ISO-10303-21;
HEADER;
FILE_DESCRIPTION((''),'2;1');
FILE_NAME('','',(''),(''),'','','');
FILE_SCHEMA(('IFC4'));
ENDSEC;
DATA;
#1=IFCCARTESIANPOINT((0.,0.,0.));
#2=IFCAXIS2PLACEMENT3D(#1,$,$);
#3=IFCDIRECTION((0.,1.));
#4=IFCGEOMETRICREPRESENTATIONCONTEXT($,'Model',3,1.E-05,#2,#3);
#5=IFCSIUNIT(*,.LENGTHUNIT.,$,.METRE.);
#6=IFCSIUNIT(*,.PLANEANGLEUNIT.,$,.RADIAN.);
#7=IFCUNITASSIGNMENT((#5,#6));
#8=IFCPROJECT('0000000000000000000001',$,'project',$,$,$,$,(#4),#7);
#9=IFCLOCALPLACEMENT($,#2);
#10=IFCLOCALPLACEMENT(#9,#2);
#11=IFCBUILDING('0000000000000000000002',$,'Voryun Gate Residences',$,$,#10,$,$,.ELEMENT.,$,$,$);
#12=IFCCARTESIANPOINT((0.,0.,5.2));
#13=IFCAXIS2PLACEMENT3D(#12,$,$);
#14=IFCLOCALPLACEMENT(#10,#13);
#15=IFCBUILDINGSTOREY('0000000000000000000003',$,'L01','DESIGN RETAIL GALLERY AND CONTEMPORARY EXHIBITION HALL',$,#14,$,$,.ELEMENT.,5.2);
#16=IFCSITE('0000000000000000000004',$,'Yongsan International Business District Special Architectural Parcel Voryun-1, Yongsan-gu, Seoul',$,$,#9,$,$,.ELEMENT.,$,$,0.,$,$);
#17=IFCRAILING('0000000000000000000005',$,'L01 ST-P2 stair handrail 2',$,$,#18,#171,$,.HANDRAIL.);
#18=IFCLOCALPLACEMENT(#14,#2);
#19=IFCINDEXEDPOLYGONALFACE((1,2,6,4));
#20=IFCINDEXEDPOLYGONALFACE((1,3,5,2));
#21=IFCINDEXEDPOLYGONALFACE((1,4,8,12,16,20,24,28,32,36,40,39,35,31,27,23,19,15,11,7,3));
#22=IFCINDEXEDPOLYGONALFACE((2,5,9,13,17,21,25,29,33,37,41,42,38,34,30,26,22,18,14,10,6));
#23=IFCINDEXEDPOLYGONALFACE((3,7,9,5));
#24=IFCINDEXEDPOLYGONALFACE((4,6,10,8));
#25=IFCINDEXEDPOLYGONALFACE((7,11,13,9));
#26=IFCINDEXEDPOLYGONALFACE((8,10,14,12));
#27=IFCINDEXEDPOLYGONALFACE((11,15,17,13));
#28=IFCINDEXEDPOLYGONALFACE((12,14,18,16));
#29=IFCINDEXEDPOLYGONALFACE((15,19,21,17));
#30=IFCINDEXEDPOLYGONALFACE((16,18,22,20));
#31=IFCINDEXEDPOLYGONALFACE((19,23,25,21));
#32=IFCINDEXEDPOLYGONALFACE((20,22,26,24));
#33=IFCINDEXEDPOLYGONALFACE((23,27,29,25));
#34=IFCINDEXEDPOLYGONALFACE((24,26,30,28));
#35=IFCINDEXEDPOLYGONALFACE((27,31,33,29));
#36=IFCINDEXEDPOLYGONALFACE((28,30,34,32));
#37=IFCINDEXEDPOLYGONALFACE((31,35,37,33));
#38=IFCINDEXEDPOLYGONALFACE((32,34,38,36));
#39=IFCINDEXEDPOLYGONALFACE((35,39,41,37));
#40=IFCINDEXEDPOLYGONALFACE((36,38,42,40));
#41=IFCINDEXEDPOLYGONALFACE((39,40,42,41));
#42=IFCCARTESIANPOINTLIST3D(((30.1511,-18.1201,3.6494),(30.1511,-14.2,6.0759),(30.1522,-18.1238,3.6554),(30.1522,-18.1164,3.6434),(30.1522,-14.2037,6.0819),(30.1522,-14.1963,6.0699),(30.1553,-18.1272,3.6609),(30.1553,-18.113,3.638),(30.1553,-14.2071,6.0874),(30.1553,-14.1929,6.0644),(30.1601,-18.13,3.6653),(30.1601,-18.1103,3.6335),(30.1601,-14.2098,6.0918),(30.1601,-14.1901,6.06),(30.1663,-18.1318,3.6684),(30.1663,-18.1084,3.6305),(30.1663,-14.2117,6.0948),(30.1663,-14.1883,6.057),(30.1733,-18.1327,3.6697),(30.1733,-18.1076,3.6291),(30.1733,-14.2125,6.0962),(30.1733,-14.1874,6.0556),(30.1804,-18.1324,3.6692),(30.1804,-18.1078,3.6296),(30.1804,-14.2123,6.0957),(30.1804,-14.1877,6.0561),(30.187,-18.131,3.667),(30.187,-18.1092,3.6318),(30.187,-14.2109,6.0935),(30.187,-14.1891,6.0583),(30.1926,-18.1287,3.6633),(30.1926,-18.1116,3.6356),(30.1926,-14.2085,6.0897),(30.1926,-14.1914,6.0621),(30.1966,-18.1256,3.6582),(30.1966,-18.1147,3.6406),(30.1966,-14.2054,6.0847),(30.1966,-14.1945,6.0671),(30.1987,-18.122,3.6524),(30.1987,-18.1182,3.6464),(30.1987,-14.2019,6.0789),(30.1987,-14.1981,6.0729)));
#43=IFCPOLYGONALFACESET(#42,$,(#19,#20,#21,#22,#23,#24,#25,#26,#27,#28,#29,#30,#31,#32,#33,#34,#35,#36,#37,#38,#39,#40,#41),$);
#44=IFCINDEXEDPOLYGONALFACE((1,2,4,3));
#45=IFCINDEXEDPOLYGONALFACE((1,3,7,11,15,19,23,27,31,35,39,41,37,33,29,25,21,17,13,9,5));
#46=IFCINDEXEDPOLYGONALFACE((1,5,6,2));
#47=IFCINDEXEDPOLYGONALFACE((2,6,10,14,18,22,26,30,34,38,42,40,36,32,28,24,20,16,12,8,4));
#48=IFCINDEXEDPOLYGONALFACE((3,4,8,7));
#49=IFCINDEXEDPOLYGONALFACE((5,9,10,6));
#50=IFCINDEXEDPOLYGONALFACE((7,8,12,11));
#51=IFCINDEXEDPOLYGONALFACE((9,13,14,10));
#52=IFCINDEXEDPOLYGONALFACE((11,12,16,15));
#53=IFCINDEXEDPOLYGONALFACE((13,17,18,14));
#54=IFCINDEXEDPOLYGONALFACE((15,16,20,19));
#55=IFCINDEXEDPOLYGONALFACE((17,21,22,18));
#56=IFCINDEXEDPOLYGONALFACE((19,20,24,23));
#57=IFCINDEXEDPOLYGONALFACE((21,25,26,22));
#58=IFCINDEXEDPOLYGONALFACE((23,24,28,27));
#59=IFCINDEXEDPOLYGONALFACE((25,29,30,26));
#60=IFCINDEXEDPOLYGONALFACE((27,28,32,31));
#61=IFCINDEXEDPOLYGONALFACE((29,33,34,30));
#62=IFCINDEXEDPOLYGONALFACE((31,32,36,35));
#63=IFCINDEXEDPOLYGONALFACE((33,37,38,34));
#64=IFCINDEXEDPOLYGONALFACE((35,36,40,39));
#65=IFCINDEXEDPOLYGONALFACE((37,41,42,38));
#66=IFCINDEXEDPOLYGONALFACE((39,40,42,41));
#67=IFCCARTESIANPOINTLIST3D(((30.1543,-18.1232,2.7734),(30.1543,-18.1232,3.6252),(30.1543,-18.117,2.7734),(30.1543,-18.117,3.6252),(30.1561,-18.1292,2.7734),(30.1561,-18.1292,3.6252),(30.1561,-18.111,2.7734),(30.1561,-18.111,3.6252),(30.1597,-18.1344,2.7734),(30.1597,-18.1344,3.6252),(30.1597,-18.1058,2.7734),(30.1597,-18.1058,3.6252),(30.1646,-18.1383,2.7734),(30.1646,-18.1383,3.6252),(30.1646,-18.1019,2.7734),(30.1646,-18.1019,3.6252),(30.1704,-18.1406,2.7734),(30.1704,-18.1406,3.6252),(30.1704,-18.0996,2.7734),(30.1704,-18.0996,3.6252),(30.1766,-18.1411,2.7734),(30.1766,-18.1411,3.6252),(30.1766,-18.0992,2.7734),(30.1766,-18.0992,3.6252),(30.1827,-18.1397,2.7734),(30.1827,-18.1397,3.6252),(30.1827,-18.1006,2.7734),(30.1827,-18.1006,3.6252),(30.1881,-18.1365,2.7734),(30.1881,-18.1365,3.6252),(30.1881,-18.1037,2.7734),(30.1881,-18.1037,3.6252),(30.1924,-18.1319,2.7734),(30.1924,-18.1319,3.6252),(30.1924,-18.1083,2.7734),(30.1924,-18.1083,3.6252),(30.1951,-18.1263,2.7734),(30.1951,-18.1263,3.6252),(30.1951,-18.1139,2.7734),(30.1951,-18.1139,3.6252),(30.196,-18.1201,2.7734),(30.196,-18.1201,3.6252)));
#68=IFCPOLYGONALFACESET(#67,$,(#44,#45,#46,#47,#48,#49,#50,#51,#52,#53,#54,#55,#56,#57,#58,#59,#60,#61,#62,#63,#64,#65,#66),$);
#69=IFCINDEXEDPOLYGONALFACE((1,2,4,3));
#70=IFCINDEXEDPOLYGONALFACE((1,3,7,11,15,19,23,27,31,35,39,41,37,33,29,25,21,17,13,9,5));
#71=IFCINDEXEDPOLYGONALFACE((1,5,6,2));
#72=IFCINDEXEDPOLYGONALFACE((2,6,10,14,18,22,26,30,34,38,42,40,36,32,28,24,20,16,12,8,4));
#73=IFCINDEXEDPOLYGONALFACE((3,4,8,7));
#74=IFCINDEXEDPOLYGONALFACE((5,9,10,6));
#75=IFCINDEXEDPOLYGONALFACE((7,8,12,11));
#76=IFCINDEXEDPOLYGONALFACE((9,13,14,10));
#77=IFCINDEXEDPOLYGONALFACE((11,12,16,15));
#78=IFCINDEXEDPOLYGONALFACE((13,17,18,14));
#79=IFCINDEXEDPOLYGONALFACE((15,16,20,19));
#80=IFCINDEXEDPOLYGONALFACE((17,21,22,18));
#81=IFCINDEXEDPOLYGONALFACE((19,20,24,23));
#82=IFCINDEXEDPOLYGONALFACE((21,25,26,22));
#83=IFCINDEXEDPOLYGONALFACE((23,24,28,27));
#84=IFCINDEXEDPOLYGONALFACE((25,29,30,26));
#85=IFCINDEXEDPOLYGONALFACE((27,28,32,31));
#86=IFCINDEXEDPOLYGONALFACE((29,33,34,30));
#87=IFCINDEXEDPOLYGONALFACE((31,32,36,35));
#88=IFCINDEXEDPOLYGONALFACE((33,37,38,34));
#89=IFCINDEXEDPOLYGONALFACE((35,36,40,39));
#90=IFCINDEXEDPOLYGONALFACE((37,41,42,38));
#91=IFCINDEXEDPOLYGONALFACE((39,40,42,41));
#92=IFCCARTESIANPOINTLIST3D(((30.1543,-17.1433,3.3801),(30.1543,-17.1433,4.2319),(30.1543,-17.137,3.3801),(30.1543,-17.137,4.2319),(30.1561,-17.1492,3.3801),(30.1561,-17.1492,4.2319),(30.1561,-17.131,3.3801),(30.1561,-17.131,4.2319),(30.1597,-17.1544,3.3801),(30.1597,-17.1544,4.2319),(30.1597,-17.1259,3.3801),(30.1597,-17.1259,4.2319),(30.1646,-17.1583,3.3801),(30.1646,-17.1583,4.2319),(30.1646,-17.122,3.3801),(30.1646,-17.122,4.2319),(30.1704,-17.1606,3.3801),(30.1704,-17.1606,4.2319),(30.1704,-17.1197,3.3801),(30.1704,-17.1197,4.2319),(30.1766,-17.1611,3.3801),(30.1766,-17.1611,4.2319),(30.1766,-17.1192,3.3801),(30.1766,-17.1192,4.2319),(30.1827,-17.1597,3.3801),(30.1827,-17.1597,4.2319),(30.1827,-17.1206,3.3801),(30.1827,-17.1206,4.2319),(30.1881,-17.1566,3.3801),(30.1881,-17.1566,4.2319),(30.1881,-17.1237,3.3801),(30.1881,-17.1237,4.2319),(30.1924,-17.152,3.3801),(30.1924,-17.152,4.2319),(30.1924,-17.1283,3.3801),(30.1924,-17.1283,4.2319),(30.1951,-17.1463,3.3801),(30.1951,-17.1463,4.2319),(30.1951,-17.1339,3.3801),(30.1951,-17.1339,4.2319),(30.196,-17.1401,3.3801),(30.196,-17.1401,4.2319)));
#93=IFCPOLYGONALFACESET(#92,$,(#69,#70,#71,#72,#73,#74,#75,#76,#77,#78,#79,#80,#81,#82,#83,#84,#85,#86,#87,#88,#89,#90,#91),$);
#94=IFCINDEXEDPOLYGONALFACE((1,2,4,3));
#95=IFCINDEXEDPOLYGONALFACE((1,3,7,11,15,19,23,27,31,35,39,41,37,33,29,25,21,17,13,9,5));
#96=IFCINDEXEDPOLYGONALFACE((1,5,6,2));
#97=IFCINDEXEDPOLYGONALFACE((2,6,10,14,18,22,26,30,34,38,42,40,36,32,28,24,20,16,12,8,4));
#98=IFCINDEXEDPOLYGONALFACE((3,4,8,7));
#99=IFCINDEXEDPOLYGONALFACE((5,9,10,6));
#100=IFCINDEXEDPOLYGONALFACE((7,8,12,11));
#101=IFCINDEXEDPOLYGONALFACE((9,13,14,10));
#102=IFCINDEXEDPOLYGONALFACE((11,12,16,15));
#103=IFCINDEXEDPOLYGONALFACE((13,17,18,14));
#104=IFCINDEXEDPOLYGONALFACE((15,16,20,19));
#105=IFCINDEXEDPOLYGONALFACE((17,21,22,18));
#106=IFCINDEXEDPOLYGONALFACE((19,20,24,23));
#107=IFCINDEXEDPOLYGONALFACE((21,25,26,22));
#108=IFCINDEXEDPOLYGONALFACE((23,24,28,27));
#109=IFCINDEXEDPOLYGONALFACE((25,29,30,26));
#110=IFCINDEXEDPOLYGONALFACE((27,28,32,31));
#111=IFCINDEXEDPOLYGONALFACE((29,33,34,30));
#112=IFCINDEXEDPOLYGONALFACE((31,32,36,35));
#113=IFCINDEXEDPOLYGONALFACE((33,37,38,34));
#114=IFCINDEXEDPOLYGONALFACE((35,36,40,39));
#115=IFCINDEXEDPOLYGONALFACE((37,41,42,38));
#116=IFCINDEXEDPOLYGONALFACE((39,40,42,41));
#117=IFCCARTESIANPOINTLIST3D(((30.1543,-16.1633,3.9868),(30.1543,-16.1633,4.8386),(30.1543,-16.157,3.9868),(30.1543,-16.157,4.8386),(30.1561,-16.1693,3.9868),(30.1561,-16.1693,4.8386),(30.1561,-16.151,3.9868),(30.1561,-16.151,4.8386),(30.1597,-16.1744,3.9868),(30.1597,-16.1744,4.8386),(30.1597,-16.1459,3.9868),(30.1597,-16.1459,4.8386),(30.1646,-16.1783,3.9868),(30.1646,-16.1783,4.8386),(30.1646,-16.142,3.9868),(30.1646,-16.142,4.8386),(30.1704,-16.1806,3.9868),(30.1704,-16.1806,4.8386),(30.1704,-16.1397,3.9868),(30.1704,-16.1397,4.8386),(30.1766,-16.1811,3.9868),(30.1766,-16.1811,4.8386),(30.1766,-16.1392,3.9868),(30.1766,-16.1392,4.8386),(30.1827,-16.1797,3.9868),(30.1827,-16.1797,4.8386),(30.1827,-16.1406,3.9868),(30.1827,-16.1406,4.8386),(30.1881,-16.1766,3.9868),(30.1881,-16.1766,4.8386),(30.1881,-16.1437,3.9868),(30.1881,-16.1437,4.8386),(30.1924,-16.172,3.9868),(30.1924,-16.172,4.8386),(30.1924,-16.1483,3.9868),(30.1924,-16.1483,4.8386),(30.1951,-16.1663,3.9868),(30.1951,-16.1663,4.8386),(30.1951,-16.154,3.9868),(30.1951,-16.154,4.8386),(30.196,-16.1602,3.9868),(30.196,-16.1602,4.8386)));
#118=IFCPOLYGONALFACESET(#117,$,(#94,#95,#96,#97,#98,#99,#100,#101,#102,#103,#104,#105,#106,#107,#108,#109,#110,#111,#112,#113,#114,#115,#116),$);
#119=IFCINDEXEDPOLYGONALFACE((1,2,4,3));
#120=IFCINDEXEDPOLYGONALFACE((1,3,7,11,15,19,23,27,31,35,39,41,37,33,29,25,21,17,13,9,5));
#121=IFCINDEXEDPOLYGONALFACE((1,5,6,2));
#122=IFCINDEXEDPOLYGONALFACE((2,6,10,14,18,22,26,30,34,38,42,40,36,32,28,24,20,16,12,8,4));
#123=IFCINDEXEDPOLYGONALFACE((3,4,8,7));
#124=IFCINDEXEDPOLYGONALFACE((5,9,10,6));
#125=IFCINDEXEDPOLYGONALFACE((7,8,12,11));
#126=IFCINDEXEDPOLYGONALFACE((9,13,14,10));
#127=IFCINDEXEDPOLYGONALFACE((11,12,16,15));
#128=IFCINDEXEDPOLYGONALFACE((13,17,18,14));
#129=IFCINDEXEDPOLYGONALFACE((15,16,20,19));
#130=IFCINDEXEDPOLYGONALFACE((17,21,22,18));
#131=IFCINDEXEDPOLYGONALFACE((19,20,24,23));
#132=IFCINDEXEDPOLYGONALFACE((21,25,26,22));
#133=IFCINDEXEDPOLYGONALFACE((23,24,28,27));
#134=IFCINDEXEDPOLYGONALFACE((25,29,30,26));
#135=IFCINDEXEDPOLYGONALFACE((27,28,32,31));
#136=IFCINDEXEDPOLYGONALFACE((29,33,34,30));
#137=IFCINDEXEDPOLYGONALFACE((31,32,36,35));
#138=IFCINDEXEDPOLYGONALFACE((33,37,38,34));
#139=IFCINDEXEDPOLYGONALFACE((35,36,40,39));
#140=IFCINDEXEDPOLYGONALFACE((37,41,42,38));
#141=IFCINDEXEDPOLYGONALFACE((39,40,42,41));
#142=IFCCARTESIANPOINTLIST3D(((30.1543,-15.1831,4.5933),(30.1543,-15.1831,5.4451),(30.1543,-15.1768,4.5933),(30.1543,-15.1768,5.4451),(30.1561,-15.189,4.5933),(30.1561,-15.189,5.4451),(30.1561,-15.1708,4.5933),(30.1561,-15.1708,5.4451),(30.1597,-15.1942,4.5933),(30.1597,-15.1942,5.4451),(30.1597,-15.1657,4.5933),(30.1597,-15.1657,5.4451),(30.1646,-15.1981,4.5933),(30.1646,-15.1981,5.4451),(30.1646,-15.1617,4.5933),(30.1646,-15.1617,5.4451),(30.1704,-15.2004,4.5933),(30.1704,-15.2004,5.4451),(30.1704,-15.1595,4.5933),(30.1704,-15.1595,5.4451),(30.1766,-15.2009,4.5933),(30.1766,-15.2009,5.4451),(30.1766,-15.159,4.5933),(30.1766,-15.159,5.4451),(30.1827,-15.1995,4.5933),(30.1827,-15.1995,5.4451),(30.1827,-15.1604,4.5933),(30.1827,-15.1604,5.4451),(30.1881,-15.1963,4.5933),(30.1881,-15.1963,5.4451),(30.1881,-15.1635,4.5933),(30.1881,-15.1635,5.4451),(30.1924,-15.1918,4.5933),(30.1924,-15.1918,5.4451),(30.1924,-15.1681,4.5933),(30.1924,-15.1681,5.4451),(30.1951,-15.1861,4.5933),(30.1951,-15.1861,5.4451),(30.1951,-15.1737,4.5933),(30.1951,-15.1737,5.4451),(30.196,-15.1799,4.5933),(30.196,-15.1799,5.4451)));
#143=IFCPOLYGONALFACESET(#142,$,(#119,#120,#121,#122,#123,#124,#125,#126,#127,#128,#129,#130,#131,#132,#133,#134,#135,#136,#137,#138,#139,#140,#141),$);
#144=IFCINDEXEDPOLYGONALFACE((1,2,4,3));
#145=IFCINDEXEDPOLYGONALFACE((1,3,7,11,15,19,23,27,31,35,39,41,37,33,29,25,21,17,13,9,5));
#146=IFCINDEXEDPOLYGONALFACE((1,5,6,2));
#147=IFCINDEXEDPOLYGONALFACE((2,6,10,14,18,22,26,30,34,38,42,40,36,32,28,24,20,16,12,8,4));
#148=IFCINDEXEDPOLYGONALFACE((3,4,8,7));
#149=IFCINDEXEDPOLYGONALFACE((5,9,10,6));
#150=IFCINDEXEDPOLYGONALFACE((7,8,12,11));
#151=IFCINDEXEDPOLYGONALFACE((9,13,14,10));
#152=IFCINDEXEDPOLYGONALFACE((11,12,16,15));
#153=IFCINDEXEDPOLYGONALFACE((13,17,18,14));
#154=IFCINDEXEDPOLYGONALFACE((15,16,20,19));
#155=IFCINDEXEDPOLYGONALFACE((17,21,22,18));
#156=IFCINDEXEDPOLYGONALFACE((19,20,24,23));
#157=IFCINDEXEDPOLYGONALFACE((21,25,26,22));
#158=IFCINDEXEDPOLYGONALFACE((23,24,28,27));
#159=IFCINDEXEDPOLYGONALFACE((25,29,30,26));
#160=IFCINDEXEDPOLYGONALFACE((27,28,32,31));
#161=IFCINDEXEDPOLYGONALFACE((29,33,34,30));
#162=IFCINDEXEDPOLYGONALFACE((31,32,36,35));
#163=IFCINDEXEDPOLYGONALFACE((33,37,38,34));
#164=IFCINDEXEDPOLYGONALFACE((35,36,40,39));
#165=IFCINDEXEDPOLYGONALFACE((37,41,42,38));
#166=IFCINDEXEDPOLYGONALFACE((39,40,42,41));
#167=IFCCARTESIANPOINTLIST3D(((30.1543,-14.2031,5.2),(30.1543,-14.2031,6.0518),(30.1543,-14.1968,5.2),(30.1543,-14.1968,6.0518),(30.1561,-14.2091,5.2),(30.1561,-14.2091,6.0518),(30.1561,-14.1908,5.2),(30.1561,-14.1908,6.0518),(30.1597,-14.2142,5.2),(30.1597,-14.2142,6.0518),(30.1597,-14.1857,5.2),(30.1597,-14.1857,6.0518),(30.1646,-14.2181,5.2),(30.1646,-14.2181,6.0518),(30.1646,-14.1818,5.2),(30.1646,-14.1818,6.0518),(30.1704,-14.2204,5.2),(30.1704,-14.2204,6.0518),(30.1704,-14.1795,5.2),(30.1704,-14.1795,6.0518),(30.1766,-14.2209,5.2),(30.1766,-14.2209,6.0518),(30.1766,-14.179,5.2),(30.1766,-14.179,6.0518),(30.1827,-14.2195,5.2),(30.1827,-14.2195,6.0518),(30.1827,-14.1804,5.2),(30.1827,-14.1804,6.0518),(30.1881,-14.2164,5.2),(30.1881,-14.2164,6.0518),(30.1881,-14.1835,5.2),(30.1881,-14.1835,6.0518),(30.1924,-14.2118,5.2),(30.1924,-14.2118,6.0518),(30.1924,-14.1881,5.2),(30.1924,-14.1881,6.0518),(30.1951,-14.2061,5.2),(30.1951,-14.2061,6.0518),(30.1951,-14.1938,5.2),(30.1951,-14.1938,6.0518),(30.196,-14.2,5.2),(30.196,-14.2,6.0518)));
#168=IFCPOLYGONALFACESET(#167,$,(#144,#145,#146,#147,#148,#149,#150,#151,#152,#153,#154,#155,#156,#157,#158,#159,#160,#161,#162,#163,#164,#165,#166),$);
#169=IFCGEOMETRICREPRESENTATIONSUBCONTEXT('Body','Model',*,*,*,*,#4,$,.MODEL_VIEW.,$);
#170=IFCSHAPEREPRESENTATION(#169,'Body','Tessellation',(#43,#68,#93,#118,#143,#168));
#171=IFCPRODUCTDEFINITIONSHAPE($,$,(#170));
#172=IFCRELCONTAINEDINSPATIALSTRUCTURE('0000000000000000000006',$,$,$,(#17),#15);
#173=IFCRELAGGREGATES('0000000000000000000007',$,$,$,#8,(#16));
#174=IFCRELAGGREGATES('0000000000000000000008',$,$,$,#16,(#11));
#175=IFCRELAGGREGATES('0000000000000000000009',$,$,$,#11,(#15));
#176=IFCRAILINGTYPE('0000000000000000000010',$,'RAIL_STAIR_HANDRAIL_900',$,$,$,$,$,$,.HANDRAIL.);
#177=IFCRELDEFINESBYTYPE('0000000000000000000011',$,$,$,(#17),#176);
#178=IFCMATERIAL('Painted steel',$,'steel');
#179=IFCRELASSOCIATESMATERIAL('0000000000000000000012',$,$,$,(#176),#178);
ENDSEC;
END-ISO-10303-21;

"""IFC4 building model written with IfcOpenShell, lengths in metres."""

from ifc_helpers import new_model, si_unit, direction, frame, origin, origin_2d, place, context, subcontext, project, spatial, circle, extrude, material, type_object, element, save


model = new_model("IFC4")

# Units and contexts
model_context = context("Model", 3, precision=1e-05, world=origin(), true_north=direction((0.0, 1.0)))
body_context = subcontext(model_context, "Body", "Model", "MODEL_VIEW")
ifc_project = project(units=[si_unit("LENGTHUNIT", "METRE"), si_unit("PLANEANGLEUNIT", "RADIAN")], contexts=[model_context])

# Site, building, storey
site_placement = place(None, origin())
site = spatial("IfcSite", under=ifc_project, at=site_placement, Name="Yongsan International Business District Special Architectural Parcel Voryun-1, Yongsan-gu, Seoul", CompositionType="ELEMENT", RefElevation=0.0)
building_placement = place(site_placement, origin())
building = spatial("IfcBuilding", under=site, at=building_placement, Name="Voryun Gate Residences", CompositionType="ELEMENT")
storey_placement = place(building_placement, frame((0.0, 0.0, 5.2)))
storey = spatial("IfcBuildingStorey", under=building, at=storey_placement, Name="L01", Description="DESIGN RETAIL GALLERY AND CONTEMPORARY EXHIBITION HALL", CompositionType="ELEMENT", Elevation=5.2)

# Railing
ifc_material_1 = material(Name="Painted steel", Category="steel")
railing_type_1 = type_object("IfcRailingType", Name="RAIL_STAIR_HANDRAIL_900", PredefinedType="HANDRAIL", material=ifc_material_1)
railing_1_placement = place(storey_placement, frame((30.175, -18.1201, 2.7734)))
element("IfcRailing", 1, at=railing_1_placement, inside=storey, type_object=railing_type_1, Name="L01 ST-P2 stair handrail 2", PredefinedType="HANDRAIL", context=body_context, shape_type="SweptSolid", body=[
    extrude(circle(Radius=0.0239, at=origin_2d()), frame((0.0, 0.0, 0.876), z_axis=(0.0, 0.85029, 0.526315), x_axis=(-1.0, 0.0, 0.0)), (0.0, 0.0, 1.0), 4.6104),
    extrude(circle(Radius=0.021, at=origin_2d()), origin(), (0.0, 0.0, 1.0), 0.8518),
    extrude(circle(Radius=0.021, at=origin_2d()), frame((0.0, 0.98, 0.6067)), (0.0, 0.0, 1.0), 0.8518),
    extrude(circle(Radius=0.021, at=origin_2d()), frame((0.0, 1.96, 1.2134)), (0.0, 0.0, 1.0), 0.8518),
    extrude(circle(Radius=0.021, at=origin_2d()), frame((0.0, 2.9402, 1.8198)), (0.0, 0.0, 1.0), 0.8518),
    extrude(circle(Radius=0.021, at=origin_2d()), frame((0.0, 3.9202, 2.4265)), (0.0, 0.0, 1.0), 0.8518),
])

save(model, "model.ifc")
